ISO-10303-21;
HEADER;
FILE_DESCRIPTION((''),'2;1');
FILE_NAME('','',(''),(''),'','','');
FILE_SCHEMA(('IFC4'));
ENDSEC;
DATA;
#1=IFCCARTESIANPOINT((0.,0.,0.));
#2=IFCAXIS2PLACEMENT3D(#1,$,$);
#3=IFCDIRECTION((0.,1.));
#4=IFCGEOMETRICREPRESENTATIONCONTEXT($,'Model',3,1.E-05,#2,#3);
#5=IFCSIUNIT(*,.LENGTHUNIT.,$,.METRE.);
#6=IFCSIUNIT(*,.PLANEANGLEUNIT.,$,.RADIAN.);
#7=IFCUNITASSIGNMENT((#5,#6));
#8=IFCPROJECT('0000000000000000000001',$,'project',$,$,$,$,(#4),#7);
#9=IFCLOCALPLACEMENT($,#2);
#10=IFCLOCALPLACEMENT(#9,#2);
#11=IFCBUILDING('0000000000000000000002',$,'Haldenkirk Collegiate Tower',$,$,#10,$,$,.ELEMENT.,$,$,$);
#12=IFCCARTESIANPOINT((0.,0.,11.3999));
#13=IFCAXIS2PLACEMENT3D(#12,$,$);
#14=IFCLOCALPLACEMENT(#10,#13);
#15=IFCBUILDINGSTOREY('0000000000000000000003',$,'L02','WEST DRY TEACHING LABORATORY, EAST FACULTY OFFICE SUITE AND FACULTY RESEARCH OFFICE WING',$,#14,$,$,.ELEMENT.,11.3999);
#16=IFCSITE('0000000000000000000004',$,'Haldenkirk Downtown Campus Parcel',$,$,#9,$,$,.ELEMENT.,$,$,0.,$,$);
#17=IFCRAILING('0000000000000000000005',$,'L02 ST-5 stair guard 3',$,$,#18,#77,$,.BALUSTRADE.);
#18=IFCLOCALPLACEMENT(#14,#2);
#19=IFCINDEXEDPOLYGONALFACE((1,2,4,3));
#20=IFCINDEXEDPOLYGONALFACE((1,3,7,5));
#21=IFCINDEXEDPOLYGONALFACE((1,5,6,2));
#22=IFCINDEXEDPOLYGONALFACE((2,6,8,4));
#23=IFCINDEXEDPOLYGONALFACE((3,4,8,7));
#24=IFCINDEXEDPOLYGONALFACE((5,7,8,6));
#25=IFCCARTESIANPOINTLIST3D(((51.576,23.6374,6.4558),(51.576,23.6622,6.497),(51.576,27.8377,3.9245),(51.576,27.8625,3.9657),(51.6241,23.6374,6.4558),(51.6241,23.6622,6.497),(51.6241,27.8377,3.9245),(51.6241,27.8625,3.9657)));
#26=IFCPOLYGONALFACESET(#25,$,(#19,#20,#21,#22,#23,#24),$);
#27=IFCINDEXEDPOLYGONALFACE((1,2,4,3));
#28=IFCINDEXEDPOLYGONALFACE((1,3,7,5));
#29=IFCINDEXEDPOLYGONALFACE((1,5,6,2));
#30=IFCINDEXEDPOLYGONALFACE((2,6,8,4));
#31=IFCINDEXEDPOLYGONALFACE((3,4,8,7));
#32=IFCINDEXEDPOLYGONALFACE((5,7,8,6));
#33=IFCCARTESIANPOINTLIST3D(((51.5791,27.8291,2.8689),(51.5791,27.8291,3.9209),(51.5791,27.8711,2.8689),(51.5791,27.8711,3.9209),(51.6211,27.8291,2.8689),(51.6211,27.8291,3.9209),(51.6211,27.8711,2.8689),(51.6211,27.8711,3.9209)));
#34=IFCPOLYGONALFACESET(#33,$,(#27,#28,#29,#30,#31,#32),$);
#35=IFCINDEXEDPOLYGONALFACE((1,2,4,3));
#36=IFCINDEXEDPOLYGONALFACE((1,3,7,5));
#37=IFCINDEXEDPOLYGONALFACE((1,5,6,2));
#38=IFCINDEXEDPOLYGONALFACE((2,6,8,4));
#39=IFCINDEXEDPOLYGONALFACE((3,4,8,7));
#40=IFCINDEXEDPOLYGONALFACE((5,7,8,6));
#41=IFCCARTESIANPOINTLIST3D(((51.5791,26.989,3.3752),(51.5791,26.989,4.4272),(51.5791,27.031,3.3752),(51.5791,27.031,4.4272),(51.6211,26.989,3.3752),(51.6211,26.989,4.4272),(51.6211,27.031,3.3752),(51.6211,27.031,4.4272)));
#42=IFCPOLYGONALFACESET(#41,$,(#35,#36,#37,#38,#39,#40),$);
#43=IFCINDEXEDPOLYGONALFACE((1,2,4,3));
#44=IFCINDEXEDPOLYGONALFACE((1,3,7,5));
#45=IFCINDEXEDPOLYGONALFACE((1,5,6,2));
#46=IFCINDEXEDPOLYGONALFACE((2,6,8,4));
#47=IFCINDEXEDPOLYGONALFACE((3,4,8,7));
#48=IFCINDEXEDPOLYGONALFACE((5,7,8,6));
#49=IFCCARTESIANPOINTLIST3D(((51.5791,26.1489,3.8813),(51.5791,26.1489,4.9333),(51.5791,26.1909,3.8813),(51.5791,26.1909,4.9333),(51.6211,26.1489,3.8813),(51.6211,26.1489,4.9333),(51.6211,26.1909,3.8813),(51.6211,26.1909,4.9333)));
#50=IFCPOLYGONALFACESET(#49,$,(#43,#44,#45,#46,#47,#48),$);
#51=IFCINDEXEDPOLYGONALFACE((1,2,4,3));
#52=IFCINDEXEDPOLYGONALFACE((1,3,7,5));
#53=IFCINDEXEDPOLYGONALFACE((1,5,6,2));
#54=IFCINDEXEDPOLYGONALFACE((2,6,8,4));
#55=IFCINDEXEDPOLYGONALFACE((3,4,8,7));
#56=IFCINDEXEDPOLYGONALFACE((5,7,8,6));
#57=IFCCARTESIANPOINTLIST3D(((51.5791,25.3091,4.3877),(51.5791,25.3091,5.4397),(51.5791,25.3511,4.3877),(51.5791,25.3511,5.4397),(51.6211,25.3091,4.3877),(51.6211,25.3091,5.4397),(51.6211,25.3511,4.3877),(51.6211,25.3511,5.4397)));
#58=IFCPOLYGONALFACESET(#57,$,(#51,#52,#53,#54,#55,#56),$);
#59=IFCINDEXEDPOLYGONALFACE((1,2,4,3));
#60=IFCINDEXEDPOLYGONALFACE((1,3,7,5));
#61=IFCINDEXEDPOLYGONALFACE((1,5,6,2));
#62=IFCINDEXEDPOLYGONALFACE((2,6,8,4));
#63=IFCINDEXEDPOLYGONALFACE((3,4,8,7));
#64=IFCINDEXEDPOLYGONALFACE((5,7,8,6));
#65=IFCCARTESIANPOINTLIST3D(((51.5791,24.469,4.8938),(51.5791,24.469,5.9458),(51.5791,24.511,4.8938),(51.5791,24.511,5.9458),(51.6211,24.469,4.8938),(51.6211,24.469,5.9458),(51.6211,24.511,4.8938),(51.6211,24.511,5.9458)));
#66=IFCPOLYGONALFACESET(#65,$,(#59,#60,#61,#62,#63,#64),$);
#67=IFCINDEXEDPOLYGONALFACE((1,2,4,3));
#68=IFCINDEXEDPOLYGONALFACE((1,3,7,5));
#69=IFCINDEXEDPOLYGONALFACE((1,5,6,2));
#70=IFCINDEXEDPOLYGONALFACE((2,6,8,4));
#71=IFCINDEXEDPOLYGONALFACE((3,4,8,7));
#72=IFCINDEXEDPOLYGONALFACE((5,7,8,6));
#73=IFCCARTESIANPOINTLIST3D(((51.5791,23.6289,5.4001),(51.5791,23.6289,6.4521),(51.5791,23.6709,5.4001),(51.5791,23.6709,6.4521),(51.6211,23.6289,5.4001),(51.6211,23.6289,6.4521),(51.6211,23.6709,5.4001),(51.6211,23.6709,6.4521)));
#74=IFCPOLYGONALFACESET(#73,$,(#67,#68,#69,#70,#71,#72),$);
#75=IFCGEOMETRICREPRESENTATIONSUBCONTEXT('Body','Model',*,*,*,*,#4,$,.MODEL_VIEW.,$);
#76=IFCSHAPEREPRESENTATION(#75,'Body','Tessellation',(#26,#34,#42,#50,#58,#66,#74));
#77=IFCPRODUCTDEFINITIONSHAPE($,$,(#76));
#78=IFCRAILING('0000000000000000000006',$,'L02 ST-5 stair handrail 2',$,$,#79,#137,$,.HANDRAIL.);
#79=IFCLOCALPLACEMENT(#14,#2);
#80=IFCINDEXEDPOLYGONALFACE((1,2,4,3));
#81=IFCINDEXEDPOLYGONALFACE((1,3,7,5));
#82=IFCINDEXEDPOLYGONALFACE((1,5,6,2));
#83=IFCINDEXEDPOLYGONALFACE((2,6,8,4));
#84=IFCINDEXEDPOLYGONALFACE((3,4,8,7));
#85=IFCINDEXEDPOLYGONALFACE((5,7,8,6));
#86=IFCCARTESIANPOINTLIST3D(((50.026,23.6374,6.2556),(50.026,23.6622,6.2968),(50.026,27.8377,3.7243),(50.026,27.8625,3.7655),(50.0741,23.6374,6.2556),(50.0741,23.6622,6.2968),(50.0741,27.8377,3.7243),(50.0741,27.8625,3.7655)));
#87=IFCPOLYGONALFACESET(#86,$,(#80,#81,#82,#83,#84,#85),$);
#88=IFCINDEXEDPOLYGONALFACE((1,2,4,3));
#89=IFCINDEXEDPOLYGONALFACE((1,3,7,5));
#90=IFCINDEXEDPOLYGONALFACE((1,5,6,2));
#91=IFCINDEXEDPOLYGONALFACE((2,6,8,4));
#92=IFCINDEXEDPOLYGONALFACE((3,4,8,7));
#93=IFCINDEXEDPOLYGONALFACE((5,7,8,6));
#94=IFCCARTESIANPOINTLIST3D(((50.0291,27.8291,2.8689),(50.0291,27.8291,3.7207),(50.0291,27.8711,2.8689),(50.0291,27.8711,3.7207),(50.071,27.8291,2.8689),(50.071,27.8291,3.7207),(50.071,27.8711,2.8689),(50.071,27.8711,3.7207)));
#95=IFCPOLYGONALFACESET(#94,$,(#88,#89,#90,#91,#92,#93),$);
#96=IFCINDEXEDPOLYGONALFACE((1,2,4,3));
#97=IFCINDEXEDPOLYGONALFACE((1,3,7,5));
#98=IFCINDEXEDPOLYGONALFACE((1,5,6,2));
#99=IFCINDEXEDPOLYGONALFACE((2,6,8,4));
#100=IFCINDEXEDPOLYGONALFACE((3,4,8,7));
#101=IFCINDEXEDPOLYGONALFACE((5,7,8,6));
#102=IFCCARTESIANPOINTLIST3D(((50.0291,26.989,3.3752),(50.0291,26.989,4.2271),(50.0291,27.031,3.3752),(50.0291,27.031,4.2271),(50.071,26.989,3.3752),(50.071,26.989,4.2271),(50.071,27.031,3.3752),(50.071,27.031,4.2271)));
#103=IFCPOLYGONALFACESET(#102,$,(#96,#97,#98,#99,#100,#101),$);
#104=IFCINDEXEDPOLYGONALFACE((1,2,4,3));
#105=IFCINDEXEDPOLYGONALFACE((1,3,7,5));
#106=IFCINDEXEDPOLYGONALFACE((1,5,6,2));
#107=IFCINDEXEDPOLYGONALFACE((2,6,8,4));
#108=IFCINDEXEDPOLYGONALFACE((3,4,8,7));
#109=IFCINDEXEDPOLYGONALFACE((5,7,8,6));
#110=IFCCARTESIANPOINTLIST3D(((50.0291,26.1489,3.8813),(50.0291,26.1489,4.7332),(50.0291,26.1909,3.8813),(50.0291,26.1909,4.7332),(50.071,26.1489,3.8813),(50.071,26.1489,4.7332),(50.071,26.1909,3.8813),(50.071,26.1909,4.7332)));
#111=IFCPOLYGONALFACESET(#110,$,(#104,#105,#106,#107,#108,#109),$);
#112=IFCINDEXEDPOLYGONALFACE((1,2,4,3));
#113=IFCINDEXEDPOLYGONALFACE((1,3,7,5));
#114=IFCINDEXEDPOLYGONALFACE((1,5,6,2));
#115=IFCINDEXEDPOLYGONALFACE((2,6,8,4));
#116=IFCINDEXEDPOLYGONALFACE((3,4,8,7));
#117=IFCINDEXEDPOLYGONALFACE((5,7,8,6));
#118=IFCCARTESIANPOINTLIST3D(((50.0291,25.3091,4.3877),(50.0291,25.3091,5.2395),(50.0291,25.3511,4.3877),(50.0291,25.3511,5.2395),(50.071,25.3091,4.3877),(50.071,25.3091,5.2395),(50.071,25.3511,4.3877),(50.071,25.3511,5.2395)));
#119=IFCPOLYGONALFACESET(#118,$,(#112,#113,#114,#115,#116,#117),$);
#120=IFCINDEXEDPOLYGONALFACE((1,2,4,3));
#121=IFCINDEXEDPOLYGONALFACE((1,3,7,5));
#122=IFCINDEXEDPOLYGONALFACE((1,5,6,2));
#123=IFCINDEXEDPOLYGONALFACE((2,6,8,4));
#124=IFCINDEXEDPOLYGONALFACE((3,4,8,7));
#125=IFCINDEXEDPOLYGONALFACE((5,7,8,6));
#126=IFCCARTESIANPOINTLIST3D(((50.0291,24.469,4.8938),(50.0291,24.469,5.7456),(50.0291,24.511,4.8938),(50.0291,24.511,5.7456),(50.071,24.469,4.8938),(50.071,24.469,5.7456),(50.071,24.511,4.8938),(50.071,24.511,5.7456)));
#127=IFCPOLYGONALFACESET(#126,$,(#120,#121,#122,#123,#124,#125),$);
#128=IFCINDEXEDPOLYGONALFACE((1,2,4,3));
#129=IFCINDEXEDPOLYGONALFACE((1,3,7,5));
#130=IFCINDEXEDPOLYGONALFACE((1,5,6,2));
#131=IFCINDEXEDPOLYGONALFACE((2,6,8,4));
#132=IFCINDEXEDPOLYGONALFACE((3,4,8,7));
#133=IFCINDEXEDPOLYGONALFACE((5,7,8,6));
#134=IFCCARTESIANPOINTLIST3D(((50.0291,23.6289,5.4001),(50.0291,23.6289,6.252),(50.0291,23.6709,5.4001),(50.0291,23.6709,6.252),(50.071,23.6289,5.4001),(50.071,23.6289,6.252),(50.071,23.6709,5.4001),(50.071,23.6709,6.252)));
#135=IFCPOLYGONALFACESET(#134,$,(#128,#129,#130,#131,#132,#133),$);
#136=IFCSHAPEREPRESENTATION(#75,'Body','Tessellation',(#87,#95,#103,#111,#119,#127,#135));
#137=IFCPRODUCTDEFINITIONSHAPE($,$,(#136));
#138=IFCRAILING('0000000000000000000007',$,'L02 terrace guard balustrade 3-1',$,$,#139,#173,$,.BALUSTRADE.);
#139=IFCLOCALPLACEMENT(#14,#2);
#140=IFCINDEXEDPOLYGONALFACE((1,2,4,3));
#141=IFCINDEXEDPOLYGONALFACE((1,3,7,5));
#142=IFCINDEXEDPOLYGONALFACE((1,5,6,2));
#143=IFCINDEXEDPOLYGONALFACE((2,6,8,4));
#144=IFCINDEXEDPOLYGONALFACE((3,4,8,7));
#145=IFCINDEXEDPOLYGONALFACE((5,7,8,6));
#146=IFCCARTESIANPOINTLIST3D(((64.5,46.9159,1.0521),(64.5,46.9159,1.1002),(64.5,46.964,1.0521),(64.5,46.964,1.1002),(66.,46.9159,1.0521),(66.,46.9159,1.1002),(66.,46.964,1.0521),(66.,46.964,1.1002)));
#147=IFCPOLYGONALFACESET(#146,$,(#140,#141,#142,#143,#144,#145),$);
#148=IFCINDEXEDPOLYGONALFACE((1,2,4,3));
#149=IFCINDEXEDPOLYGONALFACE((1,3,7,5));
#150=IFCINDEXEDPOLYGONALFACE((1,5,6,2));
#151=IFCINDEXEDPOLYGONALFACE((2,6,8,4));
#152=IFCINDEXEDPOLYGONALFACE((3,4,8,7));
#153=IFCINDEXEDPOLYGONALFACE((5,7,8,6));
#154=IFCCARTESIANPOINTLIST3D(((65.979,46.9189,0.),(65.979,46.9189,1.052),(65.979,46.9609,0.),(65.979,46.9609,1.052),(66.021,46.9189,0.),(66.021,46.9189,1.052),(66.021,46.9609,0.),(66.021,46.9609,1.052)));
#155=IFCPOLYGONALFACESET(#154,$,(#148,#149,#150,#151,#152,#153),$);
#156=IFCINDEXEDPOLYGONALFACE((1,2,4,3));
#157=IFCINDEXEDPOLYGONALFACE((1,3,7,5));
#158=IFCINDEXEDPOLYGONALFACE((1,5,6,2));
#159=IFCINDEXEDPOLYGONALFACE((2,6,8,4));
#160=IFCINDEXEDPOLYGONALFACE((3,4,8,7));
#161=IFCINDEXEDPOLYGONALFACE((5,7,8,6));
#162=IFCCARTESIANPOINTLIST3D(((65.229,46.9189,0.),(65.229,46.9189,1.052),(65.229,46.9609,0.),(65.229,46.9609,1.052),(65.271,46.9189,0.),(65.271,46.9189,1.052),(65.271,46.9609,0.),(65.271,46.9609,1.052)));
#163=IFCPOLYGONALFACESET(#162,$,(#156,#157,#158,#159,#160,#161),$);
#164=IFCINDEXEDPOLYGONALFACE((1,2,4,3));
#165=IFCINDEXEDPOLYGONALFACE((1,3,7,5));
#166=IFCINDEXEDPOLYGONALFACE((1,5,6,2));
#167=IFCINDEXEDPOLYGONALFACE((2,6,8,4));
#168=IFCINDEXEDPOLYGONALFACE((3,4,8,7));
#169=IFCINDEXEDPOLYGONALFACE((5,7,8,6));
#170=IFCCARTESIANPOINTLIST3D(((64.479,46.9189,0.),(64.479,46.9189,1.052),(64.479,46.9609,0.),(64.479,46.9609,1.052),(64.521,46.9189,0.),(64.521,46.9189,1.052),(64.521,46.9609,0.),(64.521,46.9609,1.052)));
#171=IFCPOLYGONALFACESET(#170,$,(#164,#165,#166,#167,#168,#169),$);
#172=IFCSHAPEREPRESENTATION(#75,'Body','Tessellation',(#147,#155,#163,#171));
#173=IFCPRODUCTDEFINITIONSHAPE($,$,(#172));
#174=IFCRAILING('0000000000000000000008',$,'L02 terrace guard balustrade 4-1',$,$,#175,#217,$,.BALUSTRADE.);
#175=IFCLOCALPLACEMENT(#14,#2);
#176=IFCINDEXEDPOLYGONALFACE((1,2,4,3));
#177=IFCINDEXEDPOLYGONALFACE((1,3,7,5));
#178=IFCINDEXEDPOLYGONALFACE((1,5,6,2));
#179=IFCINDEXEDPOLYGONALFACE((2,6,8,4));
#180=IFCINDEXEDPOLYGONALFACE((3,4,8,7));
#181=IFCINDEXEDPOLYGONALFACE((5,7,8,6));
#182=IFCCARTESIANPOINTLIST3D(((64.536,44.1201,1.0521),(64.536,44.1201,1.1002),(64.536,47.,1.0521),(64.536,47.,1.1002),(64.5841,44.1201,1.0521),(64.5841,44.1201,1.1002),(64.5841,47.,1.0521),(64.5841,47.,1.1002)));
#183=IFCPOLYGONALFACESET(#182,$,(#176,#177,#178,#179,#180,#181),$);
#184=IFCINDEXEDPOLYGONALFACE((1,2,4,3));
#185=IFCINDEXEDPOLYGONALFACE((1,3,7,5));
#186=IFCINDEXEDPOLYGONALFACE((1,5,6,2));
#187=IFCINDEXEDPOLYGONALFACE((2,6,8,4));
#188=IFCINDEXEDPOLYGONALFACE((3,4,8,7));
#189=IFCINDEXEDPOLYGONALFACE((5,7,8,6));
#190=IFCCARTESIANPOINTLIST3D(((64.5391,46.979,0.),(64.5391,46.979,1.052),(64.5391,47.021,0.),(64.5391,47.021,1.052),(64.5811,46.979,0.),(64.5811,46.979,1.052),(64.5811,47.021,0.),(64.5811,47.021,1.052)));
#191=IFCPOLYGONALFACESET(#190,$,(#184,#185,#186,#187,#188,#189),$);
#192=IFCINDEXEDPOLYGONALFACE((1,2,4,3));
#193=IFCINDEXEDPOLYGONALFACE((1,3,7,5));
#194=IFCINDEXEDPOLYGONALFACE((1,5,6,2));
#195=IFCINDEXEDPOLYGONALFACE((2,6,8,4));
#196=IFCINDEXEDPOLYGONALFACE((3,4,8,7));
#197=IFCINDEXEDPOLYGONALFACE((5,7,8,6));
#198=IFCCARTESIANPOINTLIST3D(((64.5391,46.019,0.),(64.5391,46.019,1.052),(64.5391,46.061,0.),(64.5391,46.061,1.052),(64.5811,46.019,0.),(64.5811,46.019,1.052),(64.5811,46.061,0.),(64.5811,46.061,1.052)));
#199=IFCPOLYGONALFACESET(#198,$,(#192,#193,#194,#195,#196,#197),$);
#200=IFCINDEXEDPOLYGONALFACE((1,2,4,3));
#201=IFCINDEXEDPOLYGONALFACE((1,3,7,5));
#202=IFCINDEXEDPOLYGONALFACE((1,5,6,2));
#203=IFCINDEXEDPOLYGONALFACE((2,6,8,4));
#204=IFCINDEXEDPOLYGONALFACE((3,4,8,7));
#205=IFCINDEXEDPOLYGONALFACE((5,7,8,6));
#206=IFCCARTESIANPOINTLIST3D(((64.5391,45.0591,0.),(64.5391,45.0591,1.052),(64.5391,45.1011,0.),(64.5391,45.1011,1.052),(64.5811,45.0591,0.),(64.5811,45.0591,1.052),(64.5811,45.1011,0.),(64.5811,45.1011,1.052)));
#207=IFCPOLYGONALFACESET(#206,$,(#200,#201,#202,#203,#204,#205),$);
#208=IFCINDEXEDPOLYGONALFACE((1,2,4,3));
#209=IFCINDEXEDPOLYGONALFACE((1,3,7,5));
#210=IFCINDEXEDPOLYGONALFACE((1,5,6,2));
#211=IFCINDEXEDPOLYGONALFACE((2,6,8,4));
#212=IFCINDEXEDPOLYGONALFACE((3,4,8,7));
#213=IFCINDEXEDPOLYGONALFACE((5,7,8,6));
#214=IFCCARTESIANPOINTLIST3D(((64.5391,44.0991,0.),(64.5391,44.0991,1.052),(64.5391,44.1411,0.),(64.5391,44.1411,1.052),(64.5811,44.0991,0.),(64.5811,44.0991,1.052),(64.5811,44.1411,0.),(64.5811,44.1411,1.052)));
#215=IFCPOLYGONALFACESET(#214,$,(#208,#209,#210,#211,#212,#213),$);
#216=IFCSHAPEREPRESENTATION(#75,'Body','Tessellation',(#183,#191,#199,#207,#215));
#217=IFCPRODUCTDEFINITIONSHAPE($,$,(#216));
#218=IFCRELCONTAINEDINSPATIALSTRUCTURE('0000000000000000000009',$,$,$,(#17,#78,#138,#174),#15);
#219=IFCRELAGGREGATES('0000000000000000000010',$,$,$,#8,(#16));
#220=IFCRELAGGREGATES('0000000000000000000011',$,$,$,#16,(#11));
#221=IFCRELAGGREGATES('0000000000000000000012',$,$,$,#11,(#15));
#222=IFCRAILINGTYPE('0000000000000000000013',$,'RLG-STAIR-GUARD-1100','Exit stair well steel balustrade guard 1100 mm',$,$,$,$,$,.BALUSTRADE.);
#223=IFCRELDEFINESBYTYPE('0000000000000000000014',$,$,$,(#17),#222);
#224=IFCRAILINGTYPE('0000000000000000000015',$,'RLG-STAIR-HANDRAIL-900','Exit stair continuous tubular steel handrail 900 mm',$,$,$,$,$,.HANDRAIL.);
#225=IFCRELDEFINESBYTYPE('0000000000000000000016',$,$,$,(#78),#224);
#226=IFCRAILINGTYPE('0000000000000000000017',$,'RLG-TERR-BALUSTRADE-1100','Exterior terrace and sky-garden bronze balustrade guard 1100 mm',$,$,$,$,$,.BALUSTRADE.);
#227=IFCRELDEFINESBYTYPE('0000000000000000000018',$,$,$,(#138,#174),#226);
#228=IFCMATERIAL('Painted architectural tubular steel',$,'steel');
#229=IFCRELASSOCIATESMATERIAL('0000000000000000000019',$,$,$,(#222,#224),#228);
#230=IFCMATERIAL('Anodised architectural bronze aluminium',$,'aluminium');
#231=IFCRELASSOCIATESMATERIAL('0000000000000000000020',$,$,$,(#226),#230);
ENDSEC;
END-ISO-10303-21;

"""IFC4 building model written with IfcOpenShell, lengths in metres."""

from ifc_helpers import new_model, si_unit, direction, frame, origin, origin_2d, place, context, subcontext, project, spatial, rectangle, extrude, material, type_object, element, save


model = new_model("IFC4")

# Units and contexts
model_context = context("Model", 3, precision=1e-05, world=origin(), true_north=direction((0.0, 1.0)))
body_context = subcontext(model_context, "Body", "Model", "MODEL_VIEW")
ifc_project = project(units=[si_unit("LENGTHUNIT", "METRE"), si_unit("PLANEANGLEUNIT", "RADIAN")], contexts=[model_context])

# Site, building, storey
site_placement = place(None, origin())
site = spatial("IfcSite", under=ifc_project, at=site_placement, Name="Haldenkirk Downtown Campus Parcel", CompositionType="ELEMENT", RefElevation=0.0)
building_placement = place(site_placement, origin())
building = spatial("IfcBuilding", under=site, at=building_placement, Name="Haldenkirk Collegiate Tower", CompositionType="ELEMENT")
storey_placement = place(building_placement, frame((0.0, 0.0, 11.3999)))
storey = spatial("IfcBuildingStorey", under=building, at=storey_placement, Name="L02", Description="WEST DRY TEACHING LABORATORY, EAST FACULTY OFFICE SUITE AND FACULTY RESEARCH OFFICE WING", CompositionType="ELEMENT", Elevation=11.3999)

# Shared definitions
ifc_material_1 = material(Name="Anodised architectural bronze aluminium", Category="aluminium")

# Railings
ifc_material_2 = material(Name="Painted architectural tubular steel", Category="steel")
railing_type_1 = type_object("IfcRailingType", Name="RLG-STAIR-GUARD-1100", Description="Exit stair well steel balustrade guard 1100 mm", PredefinedType="BALUSTRADE", material=ifc_material_2)
railing_1_placement = place(storey_placement, frame((51.6001, 27.8501, 2.8689)))
element("IfcRailing", 1, at=railing_1_placement, inside=storey, type_object=railing_type_1, Name="L02 ST-5 stair guard 3", PredefinedType="BALUSTRADE", context=body_context, shape_type="SweptSolid", body=[
    extrude(rectangle(XDim=0.0481, YDim=0.0481, at=origin_2d()), frame((0.0, 0.0, 1.0762), z_axis=(0.0, -0.85649, 0.516164), x_axis=(1.0, 0.0, 0.0)), (0.0, 0.0, 1.0), 4.9041),
    extrude(rectangle(XDim=0.042, YDim=0.042, at=origin_2d()), origin(), (0.0, 0.0, 1.0), 1.052),
    extrude(rectangle(XDim=0.042, YDim=0.042, at=origin_2d()), frame((0.0, -0.8401, 0.5063)), (0.0, 0.0, 1.0), 1.052),
    extrude(rectangle(XDim=0.042, YDim=0.042, at=origin_2d()), frame((0.0, -1.6802, 1.0125)), (0.0, 0.0, 1.0), 1.052),
    extrude(rectangle(XDim=0.042, YDim=0.042, at=origin_2d()), frame((0.0, -2.52, 1.5188)), (0.0, 0.0, 1.0), 1.052),
    extrude(rectangle(XDim=0.042, YDim=0.042, at=origin_2d()), frame((0.0, -3.3601, 2.0249)), (0.0, 0.0, 1.0), 1.052),
    extrude(rectangle(XDim=0.042, YDim=0.042, at=origin_2d()), frame((0.0, -4.2002, 2.5312)), (0.0, 0.0, 1.0), 1.052),
])
railing_type_2 = type_object("IfcRailingType", Name="RLG-STAIR-HANDRAIL-900", Description="Exit stair continuous tubular steel handrail 900 mm", PredefinedType="HANDRAIL", material=ifc_material_2)
railing_2_placement = place(storey_placement, frame((50.05, 27.8501, 2.8689)))
element("IfcRailing", 2, at=railing_2_placement, inside=storey, type_object=railing_type_2, Name="L02 ST-5 stair handrail 2", PredefinedType="HANDRAIL", context=body_context, shape_type="SweptSolid", body=[
    extrude(rectangle(XDim=0.0481, YDim=0.0481, at=origin_2d()), frame((0.0, 0.0, 0.876), z_axis=(0.0, -0.85649, 0.516164), x_axis=(1.0, 0.0, 0.0)), (0.0, 0.0, 1.0), 4.9041),
    extrude(rectangle(XDim=0.042, YDim=0.042, at=origin_2d()), origin(), (0.0, 0.0, 1.0), 0.8518),
    extrude(rectangle(XDim=0.042, YDim=0.042, at=origin_2d()), frame((0.0, -0.8401, 0.5063)), (0.0, 0.0, 1.0), 0.8518),
    extrude(rectangle(XDim=0.042, YDim=0.042, at=origin_2d()), frame((0.0, -1.6802, 1.0125)), (0.0, 0.0, 1.0), 0.8518),
    extrude(rectangle(XDim=0.042, YDim=0.042, at=origin_2d()), frame((0.0, -2.52, 1.5188)), (0.0, 0.0, 1.0), 0.8518),
    extrude(rectangle(XDim=0.042, YDim=0.042, at=origin_2d()), frame((0.0, -3.3601, 2.0249)), (0.0, 0.0, 1.0), 0.8518),
    extrude(rectangle(XDim=0.042, YDim=0.042, at=origin_2d()), frame((0.0, -4.2002, 2.5312)), (0.0, 0.0, 1.0), 0.8518),
])
railing_type_3 = type_object("IfcRailingType", Name="RLG-TERR-BALUSTRADE-1100", Description="Exterior terrace and sky-garden bronze balustrade guard 1100 mm", PredefinedType="BALUSTRADE", material=ifc_material_1)
railing_3_placement = place(storey_placement, frame((66.0, 46.9399, 0.0)))
element("IfcRailing", 3, at=railing_3_placement, inside=storey, type_object=railing_type_3, Name="L02 terrace guard balustrade 3-1", PredefinedType="BALUSTRADE", context=body_context, shape_type="SweptSolid", body=[
    extrude(rectangle(XDim=0.0481, YDim=0.0481, at=origin_2d()), frame((0.0, 0.0, 1.0762), z_axis=(-1.0, 0.0, 0.0), x_axis=(0.0, -1.0, 0.0)), (0.0, 0.0, 1.0), 1.5),
    extrude(rectangle(XDim=0.042, YDim=0.042, at=origin_2d()), origin(), (0.0, 0.0, 1.0), 1.052),
    extrude(rectangle(XDim=0.042, YDim=0.042, at=origin_2d()), frame((-0.75, 0.0, 0.0)), (0.0, 0.0, 1.0), 1.052),
    extrude(rectangle(XDim=0.042, YDim=0.042, at=origin_2d()), frame((-1.5, 0.0, 0.0)), (0.0, 0.0, 1.0), 1.052),
])
railing_4_placement = place(storey_placement, frame((64.5601, 47.0, 0.0)))
element("IfcRailing", 4, at=railing_4_placement, inside=storey, type_object=railing_type_3, Name="L02 terrace guard balustrade 4-1", PredefinedType="BALUSTRADE", context=body_context, shape_type="SweptSolid", body=[
    extrude(rectangle(XDim=0.0481, YDim=0.0481, at=origin_2d()), frame((0.0, 0.0, 1.0762), z_axis=(0.0, -1.0, 0.0), x_axis=(1.0, 0.0, 0.0)), (0.0, 0.0, 1.0), 2.8799),
    extrude(rectangle(XDim=0.042, YDim=0.042, at=origin_2d()), origin(), (0.0, 0.0, 1.0), 1.052),
    extrude(rectangle(XDim=0.042, YDim=0.042, at=origin_2d()), frame((0.0, -0.96, 0.0)), (0.0, 0.0, 1.0), 1.052),
    extrude(rectangle(XDim=0.042, YDim=0.042, at=origin_2d()), frame((0.0, -1.9199, 0.0)), (0.0, 0.0, 1.0), 1.052),
    extrude(rectangle(XDim=0.042, YDim=0.042, at=origin_2d()), frame((0.0, -2.8799, 0.0)), (0.0, 0.0, 1.0), 1.052),
])

save(model, "model.ifc")
